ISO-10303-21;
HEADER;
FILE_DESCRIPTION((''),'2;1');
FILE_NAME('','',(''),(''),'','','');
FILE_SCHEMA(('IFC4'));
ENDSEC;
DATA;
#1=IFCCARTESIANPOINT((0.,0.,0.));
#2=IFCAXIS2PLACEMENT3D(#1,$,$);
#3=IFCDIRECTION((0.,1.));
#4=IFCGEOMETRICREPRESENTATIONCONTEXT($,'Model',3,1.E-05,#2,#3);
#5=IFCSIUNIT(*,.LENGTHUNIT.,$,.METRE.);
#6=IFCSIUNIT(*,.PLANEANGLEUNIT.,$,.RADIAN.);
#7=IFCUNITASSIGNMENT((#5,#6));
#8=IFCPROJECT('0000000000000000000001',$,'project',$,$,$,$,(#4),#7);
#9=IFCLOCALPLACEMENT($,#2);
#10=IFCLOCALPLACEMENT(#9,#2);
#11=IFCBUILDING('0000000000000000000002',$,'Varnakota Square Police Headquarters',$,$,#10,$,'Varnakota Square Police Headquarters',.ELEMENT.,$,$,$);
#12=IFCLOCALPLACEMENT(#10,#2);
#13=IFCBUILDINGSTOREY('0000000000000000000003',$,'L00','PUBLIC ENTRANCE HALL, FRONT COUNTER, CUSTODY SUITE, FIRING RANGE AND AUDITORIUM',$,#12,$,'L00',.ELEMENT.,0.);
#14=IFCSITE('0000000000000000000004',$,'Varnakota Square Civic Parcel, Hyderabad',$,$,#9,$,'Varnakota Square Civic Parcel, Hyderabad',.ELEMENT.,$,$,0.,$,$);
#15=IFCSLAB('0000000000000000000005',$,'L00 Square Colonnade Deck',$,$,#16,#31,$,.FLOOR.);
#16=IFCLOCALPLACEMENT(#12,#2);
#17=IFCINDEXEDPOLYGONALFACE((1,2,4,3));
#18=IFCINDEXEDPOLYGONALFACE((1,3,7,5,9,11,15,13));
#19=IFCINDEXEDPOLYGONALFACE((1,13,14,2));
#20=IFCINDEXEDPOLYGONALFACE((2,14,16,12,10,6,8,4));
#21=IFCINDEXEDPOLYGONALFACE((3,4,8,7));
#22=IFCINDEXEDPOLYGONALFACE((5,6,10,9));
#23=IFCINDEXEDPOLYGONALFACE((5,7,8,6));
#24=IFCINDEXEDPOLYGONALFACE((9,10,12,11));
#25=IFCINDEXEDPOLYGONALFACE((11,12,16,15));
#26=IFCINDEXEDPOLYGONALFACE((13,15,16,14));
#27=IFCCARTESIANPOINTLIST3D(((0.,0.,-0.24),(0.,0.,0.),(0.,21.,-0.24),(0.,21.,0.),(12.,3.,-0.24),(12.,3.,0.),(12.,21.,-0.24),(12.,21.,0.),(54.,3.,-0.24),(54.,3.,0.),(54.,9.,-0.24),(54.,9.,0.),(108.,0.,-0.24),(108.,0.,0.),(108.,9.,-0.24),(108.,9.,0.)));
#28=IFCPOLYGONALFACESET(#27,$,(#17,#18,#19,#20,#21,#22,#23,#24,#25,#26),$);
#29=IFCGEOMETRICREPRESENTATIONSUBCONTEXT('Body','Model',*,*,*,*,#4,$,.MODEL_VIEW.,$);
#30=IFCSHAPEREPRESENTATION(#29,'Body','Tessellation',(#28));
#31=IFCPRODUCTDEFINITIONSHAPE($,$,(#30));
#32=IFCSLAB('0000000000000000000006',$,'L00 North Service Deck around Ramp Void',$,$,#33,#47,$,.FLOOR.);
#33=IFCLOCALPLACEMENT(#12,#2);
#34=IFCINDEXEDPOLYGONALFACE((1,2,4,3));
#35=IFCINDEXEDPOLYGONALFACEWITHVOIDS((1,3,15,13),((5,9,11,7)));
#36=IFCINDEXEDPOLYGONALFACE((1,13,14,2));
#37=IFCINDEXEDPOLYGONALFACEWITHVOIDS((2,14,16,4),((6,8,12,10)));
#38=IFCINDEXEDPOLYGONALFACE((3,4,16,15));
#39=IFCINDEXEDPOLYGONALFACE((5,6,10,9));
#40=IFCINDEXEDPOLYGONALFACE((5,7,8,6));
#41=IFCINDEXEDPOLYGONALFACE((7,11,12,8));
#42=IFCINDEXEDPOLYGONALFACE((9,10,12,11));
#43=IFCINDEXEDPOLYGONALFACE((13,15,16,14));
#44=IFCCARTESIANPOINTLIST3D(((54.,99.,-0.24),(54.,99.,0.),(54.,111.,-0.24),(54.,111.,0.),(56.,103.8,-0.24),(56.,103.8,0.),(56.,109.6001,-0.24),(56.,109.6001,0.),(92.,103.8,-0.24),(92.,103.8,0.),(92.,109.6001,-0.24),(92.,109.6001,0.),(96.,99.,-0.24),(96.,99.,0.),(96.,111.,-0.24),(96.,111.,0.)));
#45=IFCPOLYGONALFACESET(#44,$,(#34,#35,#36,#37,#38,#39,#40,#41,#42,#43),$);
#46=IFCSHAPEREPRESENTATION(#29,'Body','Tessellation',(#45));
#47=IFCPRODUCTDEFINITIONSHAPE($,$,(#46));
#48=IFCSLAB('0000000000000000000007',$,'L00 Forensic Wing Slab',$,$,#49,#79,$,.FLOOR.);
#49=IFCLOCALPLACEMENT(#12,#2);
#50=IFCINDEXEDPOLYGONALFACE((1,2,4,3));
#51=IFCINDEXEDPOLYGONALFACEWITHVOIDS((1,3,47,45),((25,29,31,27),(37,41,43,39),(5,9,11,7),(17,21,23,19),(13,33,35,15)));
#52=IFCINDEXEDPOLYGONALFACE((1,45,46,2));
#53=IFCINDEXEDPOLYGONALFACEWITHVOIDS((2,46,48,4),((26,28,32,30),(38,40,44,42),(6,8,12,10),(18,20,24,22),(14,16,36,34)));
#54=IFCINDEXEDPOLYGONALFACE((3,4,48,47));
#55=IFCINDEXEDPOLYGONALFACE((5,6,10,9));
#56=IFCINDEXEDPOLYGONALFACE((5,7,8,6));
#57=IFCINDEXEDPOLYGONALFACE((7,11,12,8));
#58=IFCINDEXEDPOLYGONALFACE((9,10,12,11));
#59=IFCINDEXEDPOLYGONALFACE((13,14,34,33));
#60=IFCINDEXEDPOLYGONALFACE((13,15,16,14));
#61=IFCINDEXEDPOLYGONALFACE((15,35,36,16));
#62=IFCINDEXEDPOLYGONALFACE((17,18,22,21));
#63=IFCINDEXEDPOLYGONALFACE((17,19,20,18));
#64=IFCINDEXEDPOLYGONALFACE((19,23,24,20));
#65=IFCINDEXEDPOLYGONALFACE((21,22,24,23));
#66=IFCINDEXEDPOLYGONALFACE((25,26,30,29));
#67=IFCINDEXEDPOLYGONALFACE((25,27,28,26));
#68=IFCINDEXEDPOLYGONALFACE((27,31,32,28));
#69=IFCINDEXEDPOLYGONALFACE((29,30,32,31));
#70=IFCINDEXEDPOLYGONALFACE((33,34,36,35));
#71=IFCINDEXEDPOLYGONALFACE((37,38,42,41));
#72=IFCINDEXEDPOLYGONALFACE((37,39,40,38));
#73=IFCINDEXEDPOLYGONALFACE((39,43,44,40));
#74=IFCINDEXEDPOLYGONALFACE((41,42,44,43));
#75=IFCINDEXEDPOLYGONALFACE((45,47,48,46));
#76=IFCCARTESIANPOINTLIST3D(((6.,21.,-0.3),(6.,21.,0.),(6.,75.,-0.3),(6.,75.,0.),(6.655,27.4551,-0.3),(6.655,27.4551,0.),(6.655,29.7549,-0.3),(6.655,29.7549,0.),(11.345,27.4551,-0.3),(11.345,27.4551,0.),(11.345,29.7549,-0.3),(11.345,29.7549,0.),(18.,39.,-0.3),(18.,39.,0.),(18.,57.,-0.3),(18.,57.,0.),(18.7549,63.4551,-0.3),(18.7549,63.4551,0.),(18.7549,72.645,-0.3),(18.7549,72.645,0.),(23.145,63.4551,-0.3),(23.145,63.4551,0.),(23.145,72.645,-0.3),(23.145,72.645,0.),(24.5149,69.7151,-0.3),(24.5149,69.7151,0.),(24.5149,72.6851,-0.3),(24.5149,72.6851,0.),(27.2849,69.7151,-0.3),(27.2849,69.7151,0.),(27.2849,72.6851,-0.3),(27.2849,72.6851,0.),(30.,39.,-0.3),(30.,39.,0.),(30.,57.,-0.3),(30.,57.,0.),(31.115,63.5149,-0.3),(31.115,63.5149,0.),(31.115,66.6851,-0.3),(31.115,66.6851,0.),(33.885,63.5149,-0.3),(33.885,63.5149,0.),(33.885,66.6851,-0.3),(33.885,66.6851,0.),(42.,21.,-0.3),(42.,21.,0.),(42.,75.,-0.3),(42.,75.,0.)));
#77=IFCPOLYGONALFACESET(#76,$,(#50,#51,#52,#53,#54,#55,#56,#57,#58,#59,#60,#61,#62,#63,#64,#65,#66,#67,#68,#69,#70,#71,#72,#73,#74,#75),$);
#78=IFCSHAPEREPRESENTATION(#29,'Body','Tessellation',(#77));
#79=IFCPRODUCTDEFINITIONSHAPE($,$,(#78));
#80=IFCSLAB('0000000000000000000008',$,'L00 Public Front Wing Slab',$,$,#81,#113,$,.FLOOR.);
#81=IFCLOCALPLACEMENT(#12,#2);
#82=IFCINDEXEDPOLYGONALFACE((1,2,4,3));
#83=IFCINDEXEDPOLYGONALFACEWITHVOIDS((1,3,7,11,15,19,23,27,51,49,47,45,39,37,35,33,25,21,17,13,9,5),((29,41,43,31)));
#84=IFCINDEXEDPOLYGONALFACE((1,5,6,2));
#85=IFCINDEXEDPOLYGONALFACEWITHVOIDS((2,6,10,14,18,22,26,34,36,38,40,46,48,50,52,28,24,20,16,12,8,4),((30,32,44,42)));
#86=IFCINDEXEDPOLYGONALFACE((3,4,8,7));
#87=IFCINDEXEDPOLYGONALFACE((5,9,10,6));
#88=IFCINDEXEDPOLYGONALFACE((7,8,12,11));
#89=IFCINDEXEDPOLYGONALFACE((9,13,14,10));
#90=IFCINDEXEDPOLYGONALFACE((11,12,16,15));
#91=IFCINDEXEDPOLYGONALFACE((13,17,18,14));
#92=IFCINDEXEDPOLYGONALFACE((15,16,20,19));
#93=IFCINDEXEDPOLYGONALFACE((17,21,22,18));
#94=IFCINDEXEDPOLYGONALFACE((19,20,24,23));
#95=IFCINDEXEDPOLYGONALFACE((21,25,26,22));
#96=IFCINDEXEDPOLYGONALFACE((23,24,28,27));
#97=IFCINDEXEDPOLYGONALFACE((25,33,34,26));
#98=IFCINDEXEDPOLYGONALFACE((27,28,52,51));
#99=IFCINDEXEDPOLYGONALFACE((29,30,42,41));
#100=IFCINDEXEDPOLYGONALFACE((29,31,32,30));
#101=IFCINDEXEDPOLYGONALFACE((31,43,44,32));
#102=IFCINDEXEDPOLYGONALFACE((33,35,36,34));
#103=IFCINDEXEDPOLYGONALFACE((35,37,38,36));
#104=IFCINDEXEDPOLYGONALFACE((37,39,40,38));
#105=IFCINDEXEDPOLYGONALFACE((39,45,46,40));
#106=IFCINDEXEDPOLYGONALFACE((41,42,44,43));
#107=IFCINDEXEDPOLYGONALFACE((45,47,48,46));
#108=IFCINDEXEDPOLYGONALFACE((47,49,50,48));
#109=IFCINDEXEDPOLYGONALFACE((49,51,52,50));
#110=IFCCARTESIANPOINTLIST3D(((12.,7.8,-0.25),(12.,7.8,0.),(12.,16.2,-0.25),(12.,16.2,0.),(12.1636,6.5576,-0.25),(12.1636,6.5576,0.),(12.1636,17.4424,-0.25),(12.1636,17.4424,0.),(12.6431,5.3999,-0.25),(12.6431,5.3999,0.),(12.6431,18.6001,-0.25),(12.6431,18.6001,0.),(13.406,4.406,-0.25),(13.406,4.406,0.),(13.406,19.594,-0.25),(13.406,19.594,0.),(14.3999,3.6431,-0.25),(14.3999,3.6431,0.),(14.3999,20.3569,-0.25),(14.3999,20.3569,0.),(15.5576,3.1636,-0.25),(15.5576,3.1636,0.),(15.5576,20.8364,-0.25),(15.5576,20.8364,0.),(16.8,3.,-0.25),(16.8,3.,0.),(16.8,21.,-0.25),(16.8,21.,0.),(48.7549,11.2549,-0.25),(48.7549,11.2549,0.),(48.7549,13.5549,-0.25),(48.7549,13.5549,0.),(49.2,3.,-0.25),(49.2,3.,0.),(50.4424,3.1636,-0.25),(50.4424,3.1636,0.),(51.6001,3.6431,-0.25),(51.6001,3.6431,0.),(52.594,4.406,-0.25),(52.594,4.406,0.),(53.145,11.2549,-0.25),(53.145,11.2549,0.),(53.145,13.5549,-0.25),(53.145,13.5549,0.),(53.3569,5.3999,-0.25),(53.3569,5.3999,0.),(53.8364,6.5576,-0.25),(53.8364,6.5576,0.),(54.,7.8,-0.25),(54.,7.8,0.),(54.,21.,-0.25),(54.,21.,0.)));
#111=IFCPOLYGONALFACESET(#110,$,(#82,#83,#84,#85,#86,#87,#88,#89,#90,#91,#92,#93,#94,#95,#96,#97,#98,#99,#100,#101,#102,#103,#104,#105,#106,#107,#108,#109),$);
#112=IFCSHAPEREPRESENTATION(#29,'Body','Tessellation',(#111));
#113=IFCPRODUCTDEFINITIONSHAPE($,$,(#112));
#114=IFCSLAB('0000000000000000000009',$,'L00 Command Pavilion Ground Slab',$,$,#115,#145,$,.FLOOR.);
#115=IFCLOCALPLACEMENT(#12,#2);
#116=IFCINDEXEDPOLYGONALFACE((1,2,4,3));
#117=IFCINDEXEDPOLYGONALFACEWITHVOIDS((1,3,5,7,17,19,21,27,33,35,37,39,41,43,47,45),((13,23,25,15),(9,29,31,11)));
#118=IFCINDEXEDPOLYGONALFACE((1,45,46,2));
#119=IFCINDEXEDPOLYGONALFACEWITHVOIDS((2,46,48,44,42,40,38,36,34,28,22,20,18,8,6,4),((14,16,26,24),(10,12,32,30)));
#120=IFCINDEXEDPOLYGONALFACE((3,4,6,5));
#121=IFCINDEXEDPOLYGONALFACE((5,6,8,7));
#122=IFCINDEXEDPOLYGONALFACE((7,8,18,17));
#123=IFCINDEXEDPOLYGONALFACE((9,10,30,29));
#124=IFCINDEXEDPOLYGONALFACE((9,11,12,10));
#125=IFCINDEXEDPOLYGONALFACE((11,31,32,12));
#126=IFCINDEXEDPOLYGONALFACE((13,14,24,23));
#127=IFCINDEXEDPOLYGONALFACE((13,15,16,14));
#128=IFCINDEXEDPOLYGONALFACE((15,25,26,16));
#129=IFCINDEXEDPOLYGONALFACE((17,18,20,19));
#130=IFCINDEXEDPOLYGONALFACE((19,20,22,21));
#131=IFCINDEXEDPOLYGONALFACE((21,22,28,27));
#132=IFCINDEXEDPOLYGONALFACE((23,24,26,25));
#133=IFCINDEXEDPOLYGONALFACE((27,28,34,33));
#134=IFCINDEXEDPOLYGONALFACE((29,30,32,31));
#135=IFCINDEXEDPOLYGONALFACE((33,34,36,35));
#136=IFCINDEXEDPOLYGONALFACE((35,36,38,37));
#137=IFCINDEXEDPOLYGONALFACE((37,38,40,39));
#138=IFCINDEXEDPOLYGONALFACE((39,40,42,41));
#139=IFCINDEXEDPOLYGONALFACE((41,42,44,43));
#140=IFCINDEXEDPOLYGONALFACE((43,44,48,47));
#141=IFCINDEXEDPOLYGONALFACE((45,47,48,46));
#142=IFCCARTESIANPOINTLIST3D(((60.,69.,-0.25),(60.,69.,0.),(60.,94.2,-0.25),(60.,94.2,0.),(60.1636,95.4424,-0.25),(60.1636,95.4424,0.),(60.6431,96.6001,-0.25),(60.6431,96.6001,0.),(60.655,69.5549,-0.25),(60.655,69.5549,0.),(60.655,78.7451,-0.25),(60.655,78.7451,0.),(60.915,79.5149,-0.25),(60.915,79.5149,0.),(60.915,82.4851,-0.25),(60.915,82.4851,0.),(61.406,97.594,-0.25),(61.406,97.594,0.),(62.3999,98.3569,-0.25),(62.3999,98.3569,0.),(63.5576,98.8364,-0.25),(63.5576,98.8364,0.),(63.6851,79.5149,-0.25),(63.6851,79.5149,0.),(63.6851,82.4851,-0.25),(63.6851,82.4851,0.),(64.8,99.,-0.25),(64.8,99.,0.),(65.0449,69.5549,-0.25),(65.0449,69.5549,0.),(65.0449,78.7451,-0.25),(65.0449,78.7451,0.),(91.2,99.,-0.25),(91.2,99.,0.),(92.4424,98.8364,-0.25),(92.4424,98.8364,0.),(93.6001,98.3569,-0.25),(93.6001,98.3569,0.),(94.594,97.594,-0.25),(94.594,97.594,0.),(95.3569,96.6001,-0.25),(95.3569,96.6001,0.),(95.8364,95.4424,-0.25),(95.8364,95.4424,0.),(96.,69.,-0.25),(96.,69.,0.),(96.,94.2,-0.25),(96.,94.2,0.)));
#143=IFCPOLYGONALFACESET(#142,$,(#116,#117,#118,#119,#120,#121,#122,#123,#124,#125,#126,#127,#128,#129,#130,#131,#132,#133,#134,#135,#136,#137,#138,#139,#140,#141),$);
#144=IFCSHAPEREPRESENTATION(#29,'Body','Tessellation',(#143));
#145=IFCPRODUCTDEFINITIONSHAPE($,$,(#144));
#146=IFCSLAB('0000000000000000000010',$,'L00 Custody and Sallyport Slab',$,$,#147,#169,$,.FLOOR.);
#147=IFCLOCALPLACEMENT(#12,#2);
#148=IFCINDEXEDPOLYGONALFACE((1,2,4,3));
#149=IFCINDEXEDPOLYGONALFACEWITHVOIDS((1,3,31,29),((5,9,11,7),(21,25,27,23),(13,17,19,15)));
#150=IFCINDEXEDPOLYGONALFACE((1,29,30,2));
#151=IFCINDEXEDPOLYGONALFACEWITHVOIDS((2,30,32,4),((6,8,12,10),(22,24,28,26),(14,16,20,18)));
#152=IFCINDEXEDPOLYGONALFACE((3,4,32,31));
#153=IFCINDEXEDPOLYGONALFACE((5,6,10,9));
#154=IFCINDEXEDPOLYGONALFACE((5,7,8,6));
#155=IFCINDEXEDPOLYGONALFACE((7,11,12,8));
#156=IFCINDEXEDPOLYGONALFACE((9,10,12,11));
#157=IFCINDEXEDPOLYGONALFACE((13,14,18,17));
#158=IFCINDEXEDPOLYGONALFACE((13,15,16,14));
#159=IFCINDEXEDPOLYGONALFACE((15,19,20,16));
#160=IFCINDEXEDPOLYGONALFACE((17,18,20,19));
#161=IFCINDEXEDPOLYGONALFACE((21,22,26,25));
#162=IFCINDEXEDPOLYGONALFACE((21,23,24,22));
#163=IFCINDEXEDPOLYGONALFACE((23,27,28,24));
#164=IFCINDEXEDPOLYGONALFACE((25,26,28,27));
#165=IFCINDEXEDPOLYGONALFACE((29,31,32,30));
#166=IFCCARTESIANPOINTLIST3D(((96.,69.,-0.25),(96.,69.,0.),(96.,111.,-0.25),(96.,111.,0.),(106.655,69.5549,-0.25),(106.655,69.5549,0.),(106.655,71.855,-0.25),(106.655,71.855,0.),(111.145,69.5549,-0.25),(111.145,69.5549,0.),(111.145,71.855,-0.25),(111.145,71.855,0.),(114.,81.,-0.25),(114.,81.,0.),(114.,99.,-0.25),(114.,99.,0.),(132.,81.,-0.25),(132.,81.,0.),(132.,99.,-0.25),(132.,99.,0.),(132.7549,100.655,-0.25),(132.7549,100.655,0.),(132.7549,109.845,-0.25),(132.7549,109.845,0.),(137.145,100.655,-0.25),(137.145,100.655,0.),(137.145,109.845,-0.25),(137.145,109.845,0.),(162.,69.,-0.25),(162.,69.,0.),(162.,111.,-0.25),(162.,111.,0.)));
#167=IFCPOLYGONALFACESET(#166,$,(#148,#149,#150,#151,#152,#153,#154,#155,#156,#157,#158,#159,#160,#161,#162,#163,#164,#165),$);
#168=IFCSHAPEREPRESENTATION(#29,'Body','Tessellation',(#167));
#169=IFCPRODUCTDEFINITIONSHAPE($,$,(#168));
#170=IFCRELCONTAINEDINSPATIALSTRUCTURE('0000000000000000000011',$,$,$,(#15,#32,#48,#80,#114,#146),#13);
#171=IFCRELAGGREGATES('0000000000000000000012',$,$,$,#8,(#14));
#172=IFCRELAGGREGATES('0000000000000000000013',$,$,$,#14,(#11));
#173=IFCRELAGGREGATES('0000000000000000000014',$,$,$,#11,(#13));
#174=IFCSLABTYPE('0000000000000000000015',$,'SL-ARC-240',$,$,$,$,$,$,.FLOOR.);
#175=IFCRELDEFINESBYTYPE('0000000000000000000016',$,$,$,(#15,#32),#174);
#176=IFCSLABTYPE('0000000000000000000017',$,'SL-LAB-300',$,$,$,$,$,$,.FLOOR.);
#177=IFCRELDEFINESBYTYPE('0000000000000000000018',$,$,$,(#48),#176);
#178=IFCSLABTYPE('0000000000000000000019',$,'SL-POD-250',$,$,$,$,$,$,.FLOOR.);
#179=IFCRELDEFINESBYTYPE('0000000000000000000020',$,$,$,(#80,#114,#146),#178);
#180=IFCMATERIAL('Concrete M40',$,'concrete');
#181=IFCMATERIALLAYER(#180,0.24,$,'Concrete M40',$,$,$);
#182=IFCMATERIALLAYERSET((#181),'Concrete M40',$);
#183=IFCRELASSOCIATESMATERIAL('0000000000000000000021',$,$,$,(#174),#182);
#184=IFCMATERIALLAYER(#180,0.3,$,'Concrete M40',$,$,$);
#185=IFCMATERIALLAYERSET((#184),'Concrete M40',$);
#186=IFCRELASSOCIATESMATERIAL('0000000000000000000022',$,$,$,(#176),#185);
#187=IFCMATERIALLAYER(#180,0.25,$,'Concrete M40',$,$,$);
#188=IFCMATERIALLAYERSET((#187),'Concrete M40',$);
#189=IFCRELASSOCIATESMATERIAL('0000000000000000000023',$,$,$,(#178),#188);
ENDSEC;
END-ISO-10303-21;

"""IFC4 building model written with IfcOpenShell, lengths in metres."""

from ifc_helpers import new_model, si_unit, direction, frame, origin, place, context, subcontext, project, spatial, polyline, outline, extrude, material, layer, layer_set, type_object, element, save


model = new_model("IFC4")

# Units and contexts
model_context = context("Model", 3, precision=1e-05, world=origin(), true_north=direction((0.0, 1.0)))
body_context = subcontext(model_context, "Body", "Model", "MODEL_VIEW")
ifc_project = project(units=[si_unit("LENGTHUNIT", "METRE"), si_unit("PLANEANGLEUNIT", "RADIAN")], contexts=[model_context])

# Site, building, storey
site_placement = place(None, origin())
site = spatial("IfcSite", under=ifc_project, at=site_placement, Name="Varnakota Square Civic Parcel, Hyderabad", LongName="Varnakota Square Civic Parcel, Hyderabad", CompositionType="ELEMENT", RefElevation=0.0)
building_placement = place(site_placement, origin())
building = spatial("IfcBuilding", under=site, at=building_placement, Name="Varnakota Square Police Headquarters", LongName="Varnakota Square Police Headquarters", CompositionType="ELEMENT")
storey_placement = place(building_placement, origin())
storey = spatial("IfcBuildingStorey", under=building, at=storey_placement, Name="L00", Description="PUBLIC ENTRANCE HALL, FRONT COUNTER, CUSTODY SUITE, FIRING RANGE AND AUDITORIUM", LongName="L00", CompositionType="ELEMENT", Elevation=0.0)

# Slabs
ifc_material = material(Name="Concrete M40", Category="concrete")
ifc_layer_1 = layer(ifc_material, 0.24, Name="Concrete M40")
ifc_layer_set_1 = layer_set([ifc_layer_1], Name="Concrete M40")
slab_type_1 = type_object("IfcSlabType", Name="SL-ARC-240", PredefinedType="FLOOR", material=ifc_layer_set_1)
slab_1_placement = place(storey_placement, frame((0.0, 0.0, -0.24)))
element("IfcSlab", 1, at=slab_1_placement, inside=storey, type_object=slab_type_1, Name="L00 Square Colonnade Deck", PredefinedType="FLOOR", context=body_context, shape_type="SweptSolid", body=[
    extrude(outline(polyline([(0.0, 0.0), (108.0, 0.0), (108.0, 9.0), (54.0, 9.0), (54.0, 3.0), (12.0, 3.0), (12.0, 21.0), (0.0, 21.0), (0.0, 0.0)])), origin(), (0.0, 0.0, 1.0), 0.24),
])
slab_2_placement = place(storey_placement, frame((0.0, 0.0, -0.24)))
element("IfcSlab", 2, at=slab_2_placement, inside=storey, type_object=slab_type_1, Name="L00 North Service Deck around Ramp Void", PredefinedType="FLOOR", context=body_context, shape_type="SweptSolid", body=[
    extrude(outline(polyline([(54.0, 99.0), (96.0, 99.0), (96.0, 111.0), (54.0, 111.0), (54.0, 99.0)]), holes=[polyline([(56.0, 103.8), (92.0, 103.8), (92.0, 109.6001), (56.0, 109.6001), (56.0, 103.8)])]), origin(), (0.0, 0.0, 1.0), 0.24),
])
ifc_layer_2 = layer(ifc_material, 0.3, Name="Concrete M40")
ifc_layer_set_2 = layer_set([ifc_layer_2], Name="Concrete M40")
slab_type_2 = type_object("IfcSlabType", Name="SL-LAB-300", PredefinedType="FLOOR", material=ifc_layer_set_2)
slab_3_placement = place(storey_placement, frame((0.0, 0.0, -0.3)))
element("IfcSlab", 3, at=slab_3_placement, inside=storey, type_object=slab_type_2, Name="L00 Forensic Wing Slab", PredefinedType="FLOOR", context=body_context, shape_type="SweptSolid", body=[
    extrude(outline(polyline([(6.0, 21.0), (42.0, 21.0), (42.0, 75.0), (6.0, 75.0), (6.0, 21.0)]), holes=[polyline([(18.0, 39.0), (30.0, 39.0), (30.0, 57.0), (18.0, 57.0), (18.0, 39.0)]), polyline([(6.655, 27.4551), (11.345, 27.4551), (11.345, 29.7549), (6.655, 29.7549), (6.655, 27.4551)]), polyline([(18.7549, 63.4551), (23.145, 63.4551), (23.145, 72.645), (18.7549, 72.645), (18.7549, 63.4551)]), polyline([(24.5149, 69.7151), (27.2849, 69.7151), (27.2849, 72.6851), (24.5149, 72.6851), (24.5149, 69.7151)]), polyline([(31.115, 63.5149), (33.885, 63.5149), (33.885, 66.6851), (31.115, 66.6851), (31.115, 63.5149)])]), origin(), (0.0, 0.0, 1.0), 0.3),
])
ifc_layer_3 = layer(ifc_material, 0.25, Name="Concrete M40")
ifc_layer_set_3 = layer_set([ifc_layer_3], Name="Concrete M40")
slab_type_3 = type_object("IfcSlabType", Name="SL-POD-250", PredefinedType="FLOOR", material=ifc_layer_set_3)
slab_4_placement = place(storey_placement, frame((0.0, 0.0, -0.25)))
element("IfcSlab", 4, at=slab_4_placement, inside=storey, type_object=slab_type_3, Name="L00 Public Front Wing Slab", PredefinedType="FLOOR", context=body_context, shape_type="SweptSolid", body=[
    extrude(outline(polyline([(12.0, 7.8), (12.1636, 6.5576), (12.6431, 5.3999), (13.406, 4.406), (14.3999, 3.6431), (15.5576, 3.1636), (16.8, 3.0), (49.2, 3.0), (50.4424, 3.1636), (51.6001, 3.6431), (52.594, 4.406), (53.3569, 5.3999), (53.8364, 6.5576), (54.0, 7.8), (54.0, 21.0), (16.8, 21.0), (15.5576, 20.8364), (14.3999, 20.3569), (13.406, 19.594), (12.6431, 18.6001), (12.1636, 17.4424), (12.0, 16.2), (12.0, 7.8)]), holes=[polyline([(48.7549, 11.2549), (53.145, 11.2549), (53.145, 13.5549), (48.7549, 13.5549), (48.7549, 11.2549)])]), origin(), (0.0, 0.0, 1.0), 0.25),
])
slab_5_placement = place(storey_placement, frame((0.0, 0.0, -0.25)))
element("IfcSlab", 5, at=slab_5_placement, inside=storey, type_object=slab_type_3, Name="L00 Command Pavilion Ground Slab", PredefinedType="FLOOR", context=body_context, shape_type="SweptSolid", body=[
    extrude(outline(polyline([(60.0, 69.0), (96.0, 69.0), (96.0, 94.2), (95.8364, 95.4424), (95.3569, 96.6001), (94.594, 97.594), (93.6001, 98.3569), (92.4424, 98.8364), (91.2, 99.0), (64.8, 99.0), (63.5576, 98.8364), (62.3999, 98.3569), (61.406, 97.594), (60.6431, 96.6001), (60.1636, 95.4424), (60.0, 94.2), (60.0, 69.0)]), holes=[polyline([(60.655, 69.5549), (65.0449, 69.5549), (65.0449, 78.7451), (60.655, 78.7451), (60.655, 69.5549)]), polyline([(60.915, 79.5149), (63.6851, 79.5149), (63.6851, 82.4851), (60.915, 82.4851), (60.915, 79.5149)])]), origin(), (0.0, 0.0, 1.0), 0.25),
])
slab_6_placement = place(storey_placement, frame((0.0, 0.0, -0.25)))
element("IfcSlab", 6, at=slab_6_placement, inside=storey, type_object=slab_type_3, Name="L00 Custody and Sallyport Slab", PredefinedType="FLOOR", context=body_context, shape_type="SweptSolid", body=[
    extrude(outline(polyline([(96.0, 69.0), (162.0, 69.0), (162.0, 111.0), (96.0, 111.0), (96.0, 69.0)]), holes=[polyline([(114.0, 81.0), (132.0, 81.0), (132.0, 99.0), (114.0, 99.0), (114.0, 81.0)]), polyline([(132.7549, 100.655), (137.145, 100.655), (137.145, 109.845), (132.7549, 109.845), (132.7549, 100.655)]), polyline([(106.655, 69.5549), (111.145, 69.5549), (111.145, 71.855), (106.655, 71.855), (106.655, 69.5549)])]), origin(), (0.0, 0.0, 1.0), 0.25),
])

save(model, "model.ifc")
